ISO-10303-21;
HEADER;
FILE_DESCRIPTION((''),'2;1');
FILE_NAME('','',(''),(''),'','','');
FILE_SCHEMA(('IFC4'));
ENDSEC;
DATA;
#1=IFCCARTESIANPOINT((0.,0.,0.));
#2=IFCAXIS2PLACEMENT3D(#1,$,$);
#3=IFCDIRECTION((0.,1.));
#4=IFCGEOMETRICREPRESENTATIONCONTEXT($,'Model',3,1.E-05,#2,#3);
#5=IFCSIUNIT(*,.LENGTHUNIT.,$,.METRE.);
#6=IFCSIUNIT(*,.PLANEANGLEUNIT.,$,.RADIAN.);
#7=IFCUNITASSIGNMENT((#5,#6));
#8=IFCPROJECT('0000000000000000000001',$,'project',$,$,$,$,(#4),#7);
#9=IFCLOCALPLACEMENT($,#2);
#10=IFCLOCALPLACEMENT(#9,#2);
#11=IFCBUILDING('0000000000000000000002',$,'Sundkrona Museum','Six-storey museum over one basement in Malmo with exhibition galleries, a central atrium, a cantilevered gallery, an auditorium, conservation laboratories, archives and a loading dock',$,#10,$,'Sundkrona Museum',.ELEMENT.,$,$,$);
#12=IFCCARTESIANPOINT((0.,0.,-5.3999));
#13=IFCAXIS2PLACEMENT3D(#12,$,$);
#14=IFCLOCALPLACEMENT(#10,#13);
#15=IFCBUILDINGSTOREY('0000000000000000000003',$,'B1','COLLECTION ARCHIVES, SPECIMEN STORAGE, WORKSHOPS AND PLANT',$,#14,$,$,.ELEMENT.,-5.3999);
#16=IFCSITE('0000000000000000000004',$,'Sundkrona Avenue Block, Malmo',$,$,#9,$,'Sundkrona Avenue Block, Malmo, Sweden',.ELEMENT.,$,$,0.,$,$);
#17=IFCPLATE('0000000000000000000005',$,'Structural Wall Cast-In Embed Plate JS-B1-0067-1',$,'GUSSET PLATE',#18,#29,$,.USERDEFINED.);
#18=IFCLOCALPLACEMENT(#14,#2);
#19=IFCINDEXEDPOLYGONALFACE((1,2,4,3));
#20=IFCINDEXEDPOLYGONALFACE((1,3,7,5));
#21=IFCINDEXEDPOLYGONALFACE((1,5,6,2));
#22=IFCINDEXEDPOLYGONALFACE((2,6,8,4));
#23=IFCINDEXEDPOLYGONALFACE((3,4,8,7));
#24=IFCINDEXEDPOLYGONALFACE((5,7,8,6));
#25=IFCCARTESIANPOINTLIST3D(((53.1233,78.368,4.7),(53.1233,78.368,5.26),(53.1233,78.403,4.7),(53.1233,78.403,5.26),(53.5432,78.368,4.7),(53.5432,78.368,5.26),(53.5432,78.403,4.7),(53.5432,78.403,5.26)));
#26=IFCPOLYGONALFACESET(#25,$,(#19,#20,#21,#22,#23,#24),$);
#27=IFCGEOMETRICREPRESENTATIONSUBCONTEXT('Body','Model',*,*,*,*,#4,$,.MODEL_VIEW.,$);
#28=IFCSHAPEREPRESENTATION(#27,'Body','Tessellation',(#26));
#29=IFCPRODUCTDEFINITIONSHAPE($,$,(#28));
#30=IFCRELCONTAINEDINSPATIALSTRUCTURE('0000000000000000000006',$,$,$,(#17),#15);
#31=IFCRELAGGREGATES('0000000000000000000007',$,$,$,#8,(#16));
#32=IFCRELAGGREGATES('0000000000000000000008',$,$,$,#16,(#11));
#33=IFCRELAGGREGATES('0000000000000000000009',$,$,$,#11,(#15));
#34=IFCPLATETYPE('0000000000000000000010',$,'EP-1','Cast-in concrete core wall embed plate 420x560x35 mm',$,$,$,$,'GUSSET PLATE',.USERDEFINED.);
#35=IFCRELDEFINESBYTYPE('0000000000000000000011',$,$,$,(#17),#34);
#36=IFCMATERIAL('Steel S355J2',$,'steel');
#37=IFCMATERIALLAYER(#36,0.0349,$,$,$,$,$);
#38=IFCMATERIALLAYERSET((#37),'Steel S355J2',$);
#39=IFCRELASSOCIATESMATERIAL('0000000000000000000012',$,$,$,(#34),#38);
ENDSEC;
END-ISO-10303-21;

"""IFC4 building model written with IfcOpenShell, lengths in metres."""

from ifc_helpers import new_model, si_unit, direction, frame, origin, origin_2d, place, context, subcontext, project, spatial, rectangle, extrude, material, layer, layer_set, type_object, element, save


model = new_model("IFC4")

# Units and contexts
model_context = context("Model", 3, precision=1e-05, world=origin(), true_north=direction((0.0, 1.0)))
body_context = subcontext(model_context, "Body", "Model", "MODEL_VIEW")
ifc_project = project(units=[si_unit("LENGTHUNIT", "METRE"), si_unit("PLANEANGLEUNIT", "RADIAN")], contexts=[model_context])

# Site, building, storey
site_placement = place(None, origin())
site = spatial("IfcSite", under=ifc_project, at=site_placement, Name="Sundkrona Avenue Block, Malmo", LongName="Sundkrona Avenue Block, Malmo, Sweden", CompositionType="ELEMENT", RefElevation=0.0)
building_placement = place(site_placement, origin())
building = spatial("IfcBuilding", under=site, at=building_placement, Name="Sundkrona Museum", Description="Six-storey museum over one basement in Malmo with exhibition galleries, a central atrium, a cantilevered gallery, an auditorium, conservation laboratories, archives and a loading dock", LongName="Sundkrona Museum", CompositionType="ELEMENT")
storey_placement = place(building_placement, frame((0.0, 0.0, -5.3999)))
storey = spatial("IfcBuildingStorey", under=building, at=storey_placement, Name="B1", Description="COLLECTION ARCHIVES, SPECIMEN STORAGE, WORKSHOPS AND PLANT", CompositionType="ELEMENT", Elevation=-5.3999)

# Shared definitions
ifc_material_1 = material(Name="Steel S355J2", Category="steel")

# Plate
ifc_layer = layer(ifc_material_1, 0.0349)
ifc_layer_set = layer_set([ifc_layer], Name="Steel S355J2")
plate_type = type_object("IfcPlateType", Name="EP-1", Description="Cast-in concrete core wall embed plate 420x560x35 mm", ElementType="GUSSET PLATE", PredefinedType="USERDEFINED", material=ifc_layer_set)
for number, where, z_axis, x_axis, name in (
    (1, (53.3333, 78.3855, 4.7), (0.0, 0.0, 1.0), (1.0, 0.0, 0.0), "Structural Wall Cast-In Embed Plate JS-B1-0067-1"),
):
    element("IfcPlate", number, at=place(storey_placement, frame(where, z_axis=z_axis, x_axis=x_axis)), inside=storey, type_object=plate_type, Name=name, ObjectType="GUSSET PLATE", PredefinedType="USERDEFINED", context=body_context, shape_type="SweptSolid", body=[
        extrude(rectangle(XDim=0.4199, YDim=0.0349, at=origin_2d()), origin(), (0.0, 0.0, 1.0), 0.5601),
    ])

save(model, "model.ifc")
